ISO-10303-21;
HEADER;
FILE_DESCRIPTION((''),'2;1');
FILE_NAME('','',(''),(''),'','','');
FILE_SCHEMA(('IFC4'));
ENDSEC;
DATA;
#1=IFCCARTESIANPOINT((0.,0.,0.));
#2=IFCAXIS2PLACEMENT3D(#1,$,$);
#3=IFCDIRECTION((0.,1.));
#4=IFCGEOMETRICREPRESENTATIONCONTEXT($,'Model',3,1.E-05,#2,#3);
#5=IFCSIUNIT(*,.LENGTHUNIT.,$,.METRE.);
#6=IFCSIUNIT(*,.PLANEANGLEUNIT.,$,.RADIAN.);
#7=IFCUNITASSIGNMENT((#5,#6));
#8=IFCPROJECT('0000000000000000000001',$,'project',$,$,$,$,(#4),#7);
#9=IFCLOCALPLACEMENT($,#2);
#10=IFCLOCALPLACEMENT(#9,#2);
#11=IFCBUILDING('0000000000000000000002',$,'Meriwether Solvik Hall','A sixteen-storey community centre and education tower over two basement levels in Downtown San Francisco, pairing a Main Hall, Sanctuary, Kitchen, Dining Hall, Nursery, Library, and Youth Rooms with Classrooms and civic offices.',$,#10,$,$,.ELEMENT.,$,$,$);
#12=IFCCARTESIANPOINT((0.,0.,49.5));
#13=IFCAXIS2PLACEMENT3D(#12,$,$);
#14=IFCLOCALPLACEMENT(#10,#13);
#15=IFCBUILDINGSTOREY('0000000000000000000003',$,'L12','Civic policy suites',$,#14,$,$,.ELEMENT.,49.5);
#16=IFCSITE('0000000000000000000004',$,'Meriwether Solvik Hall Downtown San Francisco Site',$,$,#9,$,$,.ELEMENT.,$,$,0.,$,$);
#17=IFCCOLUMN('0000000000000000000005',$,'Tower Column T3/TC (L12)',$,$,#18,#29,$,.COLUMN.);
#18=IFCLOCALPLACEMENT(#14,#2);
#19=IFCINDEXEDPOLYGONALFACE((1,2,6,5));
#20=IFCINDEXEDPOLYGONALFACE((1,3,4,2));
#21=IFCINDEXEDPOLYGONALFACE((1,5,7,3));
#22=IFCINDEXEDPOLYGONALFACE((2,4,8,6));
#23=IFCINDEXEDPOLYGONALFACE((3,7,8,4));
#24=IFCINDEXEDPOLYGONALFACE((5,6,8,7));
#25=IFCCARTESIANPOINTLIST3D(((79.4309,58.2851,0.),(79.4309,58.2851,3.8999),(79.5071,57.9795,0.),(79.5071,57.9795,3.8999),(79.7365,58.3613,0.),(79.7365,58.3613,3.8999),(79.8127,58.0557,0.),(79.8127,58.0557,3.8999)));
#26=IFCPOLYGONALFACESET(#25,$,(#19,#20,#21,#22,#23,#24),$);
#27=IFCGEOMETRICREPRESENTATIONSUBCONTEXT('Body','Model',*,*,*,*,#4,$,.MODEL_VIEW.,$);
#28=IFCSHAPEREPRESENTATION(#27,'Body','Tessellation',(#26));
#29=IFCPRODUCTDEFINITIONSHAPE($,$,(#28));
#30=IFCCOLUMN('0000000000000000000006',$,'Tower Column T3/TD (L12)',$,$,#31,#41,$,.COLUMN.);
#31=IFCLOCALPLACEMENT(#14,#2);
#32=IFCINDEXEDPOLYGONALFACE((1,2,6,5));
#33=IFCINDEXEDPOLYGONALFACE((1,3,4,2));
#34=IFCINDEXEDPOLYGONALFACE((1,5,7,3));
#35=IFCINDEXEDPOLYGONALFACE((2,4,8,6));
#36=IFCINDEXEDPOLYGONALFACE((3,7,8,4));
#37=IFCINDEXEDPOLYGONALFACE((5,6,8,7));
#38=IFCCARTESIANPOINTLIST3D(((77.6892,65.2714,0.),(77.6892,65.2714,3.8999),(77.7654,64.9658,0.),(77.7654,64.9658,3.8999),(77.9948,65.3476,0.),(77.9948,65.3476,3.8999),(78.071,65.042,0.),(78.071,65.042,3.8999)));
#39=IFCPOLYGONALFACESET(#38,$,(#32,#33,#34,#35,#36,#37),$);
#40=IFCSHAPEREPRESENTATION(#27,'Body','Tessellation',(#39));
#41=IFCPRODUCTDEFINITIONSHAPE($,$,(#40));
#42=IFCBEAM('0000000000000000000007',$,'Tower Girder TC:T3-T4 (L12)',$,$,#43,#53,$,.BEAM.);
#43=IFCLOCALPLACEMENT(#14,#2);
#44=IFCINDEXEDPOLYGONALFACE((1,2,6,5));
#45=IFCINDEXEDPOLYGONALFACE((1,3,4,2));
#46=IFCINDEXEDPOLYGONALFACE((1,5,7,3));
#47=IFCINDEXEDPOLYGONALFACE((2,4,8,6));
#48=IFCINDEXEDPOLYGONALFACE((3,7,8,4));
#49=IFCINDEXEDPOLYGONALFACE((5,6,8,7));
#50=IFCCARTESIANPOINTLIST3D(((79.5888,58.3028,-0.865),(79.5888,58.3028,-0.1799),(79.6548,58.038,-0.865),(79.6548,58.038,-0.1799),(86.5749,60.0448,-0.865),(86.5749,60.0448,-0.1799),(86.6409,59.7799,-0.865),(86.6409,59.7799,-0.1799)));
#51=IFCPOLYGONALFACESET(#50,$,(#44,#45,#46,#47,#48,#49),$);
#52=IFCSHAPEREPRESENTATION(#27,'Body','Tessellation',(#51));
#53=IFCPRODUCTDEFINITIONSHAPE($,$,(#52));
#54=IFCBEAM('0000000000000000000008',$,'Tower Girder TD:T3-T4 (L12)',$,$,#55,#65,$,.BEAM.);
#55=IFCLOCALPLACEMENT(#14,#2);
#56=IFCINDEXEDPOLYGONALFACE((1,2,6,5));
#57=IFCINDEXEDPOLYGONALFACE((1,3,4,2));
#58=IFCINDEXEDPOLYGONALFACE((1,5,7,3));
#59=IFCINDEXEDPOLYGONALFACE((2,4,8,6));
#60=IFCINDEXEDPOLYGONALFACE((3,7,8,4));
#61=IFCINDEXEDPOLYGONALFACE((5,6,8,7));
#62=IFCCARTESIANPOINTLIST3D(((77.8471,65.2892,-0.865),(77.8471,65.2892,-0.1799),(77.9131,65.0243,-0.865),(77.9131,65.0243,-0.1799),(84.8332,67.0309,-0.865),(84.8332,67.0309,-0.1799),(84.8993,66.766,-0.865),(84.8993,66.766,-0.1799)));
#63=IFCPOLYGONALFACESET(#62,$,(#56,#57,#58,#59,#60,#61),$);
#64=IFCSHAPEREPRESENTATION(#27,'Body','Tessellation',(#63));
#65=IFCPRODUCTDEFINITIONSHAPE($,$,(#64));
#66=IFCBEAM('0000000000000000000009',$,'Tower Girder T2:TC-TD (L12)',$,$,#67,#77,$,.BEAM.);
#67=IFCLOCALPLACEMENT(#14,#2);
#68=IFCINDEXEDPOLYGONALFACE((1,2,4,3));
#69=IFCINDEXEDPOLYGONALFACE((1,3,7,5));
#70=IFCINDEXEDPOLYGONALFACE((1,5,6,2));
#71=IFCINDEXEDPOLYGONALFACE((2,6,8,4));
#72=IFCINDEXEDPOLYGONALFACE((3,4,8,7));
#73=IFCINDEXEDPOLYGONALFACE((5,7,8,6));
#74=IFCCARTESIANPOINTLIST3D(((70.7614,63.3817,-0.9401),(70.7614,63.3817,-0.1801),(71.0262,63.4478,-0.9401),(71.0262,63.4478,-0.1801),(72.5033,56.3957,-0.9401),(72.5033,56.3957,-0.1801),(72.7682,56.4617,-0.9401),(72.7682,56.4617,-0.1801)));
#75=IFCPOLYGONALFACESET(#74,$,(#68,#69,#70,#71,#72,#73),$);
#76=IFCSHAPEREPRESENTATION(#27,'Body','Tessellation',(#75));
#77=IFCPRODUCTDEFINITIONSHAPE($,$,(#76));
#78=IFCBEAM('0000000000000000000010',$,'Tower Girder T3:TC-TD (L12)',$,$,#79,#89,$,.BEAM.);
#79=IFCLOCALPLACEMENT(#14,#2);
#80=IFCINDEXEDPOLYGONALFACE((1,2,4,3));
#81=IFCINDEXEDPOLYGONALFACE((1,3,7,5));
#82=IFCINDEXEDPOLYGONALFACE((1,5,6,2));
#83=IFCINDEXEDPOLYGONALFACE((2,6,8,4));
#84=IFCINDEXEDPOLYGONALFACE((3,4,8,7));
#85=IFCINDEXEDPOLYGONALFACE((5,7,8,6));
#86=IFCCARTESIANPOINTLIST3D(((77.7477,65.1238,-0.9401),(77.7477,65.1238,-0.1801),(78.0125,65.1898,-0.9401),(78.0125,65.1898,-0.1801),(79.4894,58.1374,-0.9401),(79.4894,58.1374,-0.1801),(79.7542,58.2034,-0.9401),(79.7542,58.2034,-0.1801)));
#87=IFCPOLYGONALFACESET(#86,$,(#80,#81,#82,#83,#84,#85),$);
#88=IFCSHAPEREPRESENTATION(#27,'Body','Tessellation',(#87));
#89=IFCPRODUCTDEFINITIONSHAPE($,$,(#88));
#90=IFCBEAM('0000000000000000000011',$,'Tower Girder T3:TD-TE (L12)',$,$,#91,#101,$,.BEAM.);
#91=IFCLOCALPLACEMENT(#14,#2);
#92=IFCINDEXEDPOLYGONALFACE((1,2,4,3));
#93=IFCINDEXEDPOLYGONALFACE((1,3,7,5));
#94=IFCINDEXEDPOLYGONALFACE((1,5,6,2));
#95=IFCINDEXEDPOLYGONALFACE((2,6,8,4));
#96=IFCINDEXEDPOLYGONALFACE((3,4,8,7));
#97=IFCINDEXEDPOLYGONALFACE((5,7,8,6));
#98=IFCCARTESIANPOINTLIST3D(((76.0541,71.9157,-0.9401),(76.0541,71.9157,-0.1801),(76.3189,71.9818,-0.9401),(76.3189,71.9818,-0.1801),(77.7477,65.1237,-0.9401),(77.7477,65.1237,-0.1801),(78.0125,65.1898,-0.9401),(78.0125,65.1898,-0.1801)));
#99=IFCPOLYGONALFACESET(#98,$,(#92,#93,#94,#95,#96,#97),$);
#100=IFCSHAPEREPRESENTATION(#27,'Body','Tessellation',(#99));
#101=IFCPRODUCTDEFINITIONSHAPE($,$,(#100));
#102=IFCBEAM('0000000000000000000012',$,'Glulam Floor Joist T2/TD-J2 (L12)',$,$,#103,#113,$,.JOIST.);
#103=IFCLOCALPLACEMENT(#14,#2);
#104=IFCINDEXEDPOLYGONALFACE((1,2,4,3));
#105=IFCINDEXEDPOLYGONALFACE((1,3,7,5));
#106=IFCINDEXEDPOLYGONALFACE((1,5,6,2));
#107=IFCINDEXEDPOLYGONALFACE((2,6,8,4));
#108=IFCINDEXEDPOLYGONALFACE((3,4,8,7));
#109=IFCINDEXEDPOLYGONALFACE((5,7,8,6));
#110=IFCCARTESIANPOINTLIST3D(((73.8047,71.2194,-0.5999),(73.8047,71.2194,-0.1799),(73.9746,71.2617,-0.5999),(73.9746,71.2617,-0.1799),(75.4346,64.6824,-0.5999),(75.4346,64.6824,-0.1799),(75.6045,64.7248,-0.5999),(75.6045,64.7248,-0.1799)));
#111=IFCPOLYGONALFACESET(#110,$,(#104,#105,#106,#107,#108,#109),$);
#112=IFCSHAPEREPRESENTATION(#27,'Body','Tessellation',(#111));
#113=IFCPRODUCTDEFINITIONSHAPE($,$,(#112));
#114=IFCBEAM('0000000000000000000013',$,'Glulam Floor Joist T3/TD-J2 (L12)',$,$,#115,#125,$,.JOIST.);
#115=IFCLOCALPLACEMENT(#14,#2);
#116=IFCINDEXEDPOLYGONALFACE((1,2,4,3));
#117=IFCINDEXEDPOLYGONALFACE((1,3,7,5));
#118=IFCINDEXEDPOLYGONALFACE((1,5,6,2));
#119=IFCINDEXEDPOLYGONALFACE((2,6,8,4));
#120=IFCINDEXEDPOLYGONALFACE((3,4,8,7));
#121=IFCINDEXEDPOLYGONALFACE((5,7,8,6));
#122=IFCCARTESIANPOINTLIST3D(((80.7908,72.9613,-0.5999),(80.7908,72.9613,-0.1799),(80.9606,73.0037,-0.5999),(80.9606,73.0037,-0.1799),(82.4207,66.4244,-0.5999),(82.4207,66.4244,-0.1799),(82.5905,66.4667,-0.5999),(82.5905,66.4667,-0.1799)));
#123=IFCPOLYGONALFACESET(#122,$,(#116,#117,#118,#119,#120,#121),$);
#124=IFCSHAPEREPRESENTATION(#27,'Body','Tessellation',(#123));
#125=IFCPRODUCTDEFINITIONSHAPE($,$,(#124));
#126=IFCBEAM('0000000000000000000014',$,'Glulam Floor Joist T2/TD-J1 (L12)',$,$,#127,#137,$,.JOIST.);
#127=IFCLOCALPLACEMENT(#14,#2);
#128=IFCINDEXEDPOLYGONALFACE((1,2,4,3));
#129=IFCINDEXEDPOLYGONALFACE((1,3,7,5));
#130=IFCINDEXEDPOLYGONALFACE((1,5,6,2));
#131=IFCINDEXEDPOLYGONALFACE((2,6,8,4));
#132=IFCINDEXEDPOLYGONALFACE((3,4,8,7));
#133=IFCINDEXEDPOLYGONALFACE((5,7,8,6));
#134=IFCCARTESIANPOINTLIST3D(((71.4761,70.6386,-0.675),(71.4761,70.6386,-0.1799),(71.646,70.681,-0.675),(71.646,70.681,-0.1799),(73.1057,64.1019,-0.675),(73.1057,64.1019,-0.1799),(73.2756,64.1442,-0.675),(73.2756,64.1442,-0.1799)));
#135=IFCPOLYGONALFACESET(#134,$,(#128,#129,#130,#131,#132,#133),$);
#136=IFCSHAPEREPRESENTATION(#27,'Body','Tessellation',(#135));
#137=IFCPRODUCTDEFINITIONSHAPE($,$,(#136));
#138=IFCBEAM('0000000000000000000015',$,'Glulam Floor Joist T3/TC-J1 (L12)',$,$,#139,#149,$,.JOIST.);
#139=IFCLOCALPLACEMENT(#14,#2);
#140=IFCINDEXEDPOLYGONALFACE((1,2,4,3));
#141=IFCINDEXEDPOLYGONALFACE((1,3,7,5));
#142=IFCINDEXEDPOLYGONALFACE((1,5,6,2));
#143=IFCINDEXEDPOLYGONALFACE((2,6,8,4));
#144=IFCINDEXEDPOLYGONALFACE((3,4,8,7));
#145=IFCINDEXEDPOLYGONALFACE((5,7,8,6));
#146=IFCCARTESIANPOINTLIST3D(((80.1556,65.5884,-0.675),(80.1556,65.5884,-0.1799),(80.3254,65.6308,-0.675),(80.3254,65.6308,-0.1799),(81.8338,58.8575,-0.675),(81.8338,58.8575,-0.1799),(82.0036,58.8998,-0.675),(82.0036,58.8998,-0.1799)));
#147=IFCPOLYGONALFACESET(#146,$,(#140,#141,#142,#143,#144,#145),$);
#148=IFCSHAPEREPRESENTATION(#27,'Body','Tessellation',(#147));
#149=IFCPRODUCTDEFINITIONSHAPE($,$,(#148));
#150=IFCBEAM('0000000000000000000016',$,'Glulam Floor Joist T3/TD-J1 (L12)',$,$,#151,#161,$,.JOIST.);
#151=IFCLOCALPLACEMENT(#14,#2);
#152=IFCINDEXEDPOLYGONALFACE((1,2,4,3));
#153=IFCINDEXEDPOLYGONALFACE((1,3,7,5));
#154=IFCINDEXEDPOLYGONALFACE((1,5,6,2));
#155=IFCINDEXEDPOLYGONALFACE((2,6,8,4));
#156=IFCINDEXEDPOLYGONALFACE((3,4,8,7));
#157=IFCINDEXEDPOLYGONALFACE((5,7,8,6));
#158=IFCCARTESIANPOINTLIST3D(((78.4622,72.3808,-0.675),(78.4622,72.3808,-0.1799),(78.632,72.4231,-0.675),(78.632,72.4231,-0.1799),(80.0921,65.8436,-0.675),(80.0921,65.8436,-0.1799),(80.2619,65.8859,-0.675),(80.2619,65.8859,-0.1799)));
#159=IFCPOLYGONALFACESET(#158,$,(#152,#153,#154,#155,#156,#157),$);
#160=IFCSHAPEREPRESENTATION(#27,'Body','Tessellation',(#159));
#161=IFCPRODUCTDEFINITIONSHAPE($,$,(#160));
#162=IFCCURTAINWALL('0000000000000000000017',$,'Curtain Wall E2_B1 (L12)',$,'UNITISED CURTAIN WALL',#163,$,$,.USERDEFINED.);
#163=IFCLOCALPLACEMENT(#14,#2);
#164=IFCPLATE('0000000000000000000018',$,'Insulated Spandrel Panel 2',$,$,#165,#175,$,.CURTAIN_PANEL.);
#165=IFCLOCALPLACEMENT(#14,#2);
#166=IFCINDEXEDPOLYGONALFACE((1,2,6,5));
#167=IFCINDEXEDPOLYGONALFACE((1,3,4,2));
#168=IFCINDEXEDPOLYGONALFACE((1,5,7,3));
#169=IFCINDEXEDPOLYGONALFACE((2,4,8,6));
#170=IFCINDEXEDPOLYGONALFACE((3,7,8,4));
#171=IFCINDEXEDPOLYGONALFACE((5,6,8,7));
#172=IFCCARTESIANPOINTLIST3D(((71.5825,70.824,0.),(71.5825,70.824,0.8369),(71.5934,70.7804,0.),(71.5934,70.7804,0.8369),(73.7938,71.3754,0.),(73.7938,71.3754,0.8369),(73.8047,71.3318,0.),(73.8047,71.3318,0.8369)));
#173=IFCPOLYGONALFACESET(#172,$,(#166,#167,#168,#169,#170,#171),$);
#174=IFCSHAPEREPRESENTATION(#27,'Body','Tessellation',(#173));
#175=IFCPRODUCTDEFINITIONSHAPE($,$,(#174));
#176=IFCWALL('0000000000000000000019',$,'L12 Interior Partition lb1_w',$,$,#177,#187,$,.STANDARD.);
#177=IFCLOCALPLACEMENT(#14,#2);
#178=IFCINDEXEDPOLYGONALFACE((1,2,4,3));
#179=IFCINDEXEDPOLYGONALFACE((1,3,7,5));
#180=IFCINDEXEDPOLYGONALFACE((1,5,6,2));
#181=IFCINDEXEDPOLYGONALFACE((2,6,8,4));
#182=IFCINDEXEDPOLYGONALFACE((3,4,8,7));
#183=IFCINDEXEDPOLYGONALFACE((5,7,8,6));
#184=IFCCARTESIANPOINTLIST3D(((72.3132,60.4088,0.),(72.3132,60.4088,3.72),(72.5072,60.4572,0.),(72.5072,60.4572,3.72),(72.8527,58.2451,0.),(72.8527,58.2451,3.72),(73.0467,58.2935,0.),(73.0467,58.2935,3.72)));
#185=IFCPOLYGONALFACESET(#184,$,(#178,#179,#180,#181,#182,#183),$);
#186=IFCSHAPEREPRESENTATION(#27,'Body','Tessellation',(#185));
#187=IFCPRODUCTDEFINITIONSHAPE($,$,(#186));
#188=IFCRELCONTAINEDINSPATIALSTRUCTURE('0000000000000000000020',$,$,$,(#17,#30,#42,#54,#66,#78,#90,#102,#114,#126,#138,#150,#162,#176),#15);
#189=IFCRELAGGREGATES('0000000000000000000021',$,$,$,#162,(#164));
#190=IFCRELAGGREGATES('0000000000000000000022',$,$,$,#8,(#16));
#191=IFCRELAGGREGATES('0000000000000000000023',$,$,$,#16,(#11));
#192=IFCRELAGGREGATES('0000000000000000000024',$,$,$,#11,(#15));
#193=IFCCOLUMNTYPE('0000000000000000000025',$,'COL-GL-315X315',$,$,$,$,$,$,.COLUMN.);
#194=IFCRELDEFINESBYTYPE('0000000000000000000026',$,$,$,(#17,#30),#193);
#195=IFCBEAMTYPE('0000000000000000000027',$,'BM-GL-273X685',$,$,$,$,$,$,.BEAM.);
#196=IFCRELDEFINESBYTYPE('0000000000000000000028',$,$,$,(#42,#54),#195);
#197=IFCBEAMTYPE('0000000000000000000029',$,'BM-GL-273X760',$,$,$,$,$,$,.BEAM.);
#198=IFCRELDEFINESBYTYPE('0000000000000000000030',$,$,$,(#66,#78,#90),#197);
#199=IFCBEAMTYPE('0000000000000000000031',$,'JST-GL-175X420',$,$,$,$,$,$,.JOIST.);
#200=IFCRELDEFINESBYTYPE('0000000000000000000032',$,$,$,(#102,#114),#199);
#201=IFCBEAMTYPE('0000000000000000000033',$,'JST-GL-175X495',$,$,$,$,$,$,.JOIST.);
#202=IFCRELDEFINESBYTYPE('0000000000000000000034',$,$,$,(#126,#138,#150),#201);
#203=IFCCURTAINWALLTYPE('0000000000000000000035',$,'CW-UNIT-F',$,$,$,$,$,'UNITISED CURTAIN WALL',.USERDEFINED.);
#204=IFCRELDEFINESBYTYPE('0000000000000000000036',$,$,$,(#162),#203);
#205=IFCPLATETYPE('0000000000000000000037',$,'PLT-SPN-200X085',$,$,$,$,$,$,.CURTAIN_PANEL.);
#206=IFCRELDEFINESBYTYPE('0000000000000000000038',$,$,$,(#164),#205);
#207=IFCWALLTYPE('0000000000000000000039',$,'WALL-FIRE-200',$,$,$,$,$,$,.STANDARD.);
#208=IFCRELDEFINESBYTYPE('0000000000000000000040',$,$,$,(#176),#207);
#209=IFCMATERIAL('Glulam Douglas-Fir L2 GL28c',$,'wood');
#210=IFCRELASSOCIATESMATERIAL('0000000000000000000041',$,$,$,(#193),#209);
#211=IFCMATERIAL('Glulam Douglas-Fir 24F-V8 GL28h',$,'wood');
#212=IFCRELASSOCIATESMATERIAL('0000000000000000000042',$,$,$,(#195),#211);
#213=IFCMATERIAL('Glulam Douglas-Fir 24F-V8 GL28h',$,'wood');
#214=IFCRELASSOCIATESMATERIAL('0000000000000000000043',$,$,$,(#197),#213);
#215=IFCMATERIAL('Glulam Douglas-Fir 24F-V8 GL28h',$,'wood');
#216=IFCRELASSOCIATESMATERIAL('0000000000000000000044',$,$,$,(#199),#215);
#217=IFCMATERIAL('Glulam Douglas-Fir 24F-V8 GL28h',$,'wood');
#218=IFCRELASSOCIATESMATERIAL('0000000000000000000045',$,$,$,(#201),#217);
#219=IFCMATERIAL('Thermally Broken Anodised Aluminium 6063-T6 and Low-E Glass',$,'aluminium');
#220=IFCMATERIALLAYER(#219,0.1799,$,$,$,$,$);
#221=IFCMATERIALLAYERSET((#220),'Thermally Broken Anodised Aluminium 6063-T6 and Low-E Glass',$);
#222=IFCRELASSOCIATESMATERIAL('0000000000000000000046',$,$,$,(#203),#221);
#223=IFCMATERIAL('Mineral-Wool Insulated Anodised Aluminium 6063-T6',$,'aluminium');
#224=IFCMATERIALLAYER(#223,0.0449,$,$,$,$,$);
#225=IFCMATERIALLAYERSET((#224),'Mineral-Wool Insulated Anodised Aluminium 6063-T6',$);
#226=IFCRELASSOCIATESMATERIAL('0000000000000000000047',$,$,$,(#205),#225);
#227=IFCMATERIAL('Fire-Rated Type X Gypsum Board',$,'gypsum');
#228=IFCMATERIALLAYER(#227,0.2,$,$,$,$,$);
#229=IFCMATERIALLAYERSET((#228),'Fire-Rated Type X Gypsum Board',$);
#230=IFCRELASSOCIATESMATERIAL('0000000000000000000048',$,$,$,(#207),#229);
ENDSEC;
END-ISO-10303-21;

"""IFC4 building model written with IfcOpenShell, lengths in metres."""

from ifc_helpers import new_model, si_unit, direction, frame, frame_2d, origin, origin_2d, place, context, subcontext, project, spatial, rectangle, extrude, material, layer, layer_set, material_profile, profile_set, type_object, element, aggregate, save


model = new_model("IFC4")

# Units and contexts
model_context = context("Model", 3, precision=1e-05, world=origin(), true_north=direction((0.0, 1.0)))
body_context = subcontext(model_context, "Body", "Model", "MODEL_VIEW")
ifc_project = project(units=[si_unit("LENGTHUNIT", "METRE"), si_unit("PLANEANGLEUNIT", "RADIAN")], contexts=[model_context])

# Site, building, storey
site_placement = place(None, origin())
site = spatial("IfcSite", under=ifc_project, at=site_placement, Name="Meriwether Solvik Hall Downtown San Francisco Site", CompositionType="ELEMENT", RefElevation=0.0)
building_placement = place(site_placement, origin())
building = spatial("IfcBuilding", under=site, at=building_placement, Name="Meriwether Solvik Hall", Description="A sixteen-storey community centre and education tower over two basement levels in Downtown San Francisco, pairing a Main Hall, Sanctuary, Kitchen, Dining Hall, Nursery, Library, and Youth Rooms with Classrooms and civic offices.", CompositionType="ELEMENT")
storey_placement = place(building_placement, frame((0.0, 0.0, 49.5)))
storey = spatial("IfcBuildingStorey", under=building, at=storey_placement, Name="L12", Description="Civic policy suites", CompositionType="ELEMENT", Elevation=49.5)

# Columns
ifc_material_1 = material(Name="Glulam Douglas-Fir L2 GL28c", Category="wood")
ifc_material_profile_1 = material_profile(ifc_material_1, rectangle(XDim=0.3149, YDim=0.3149, at=origin_2d()), Name="GLC-315X315")
ifc_profile_set_1 = profile_set([ifc_material_profile_1], Name="Glulam Douglas-Fir L2 GL28c")
column_type = type_object("IfcColumnType", Name="COL-GL-315X315", PredefinedType="COLUMN", material=ifc_profile_set_1)
for number, where, z_axis, x_axis, name in (
    (1, (79.6218, 58.1704, 0.0), (0.0, 0.0, 1.0), (0.970296, 0.241922, 0.0), "Tower Column T3/TC (L12)"),
    (2, (77.8801, 65.1567, 0.0), (0.0, 0.0, 1.0), (0.970296, 0.241922, 0.0), "Tower Column T3/TD (L12)"),
):
    element("IfcColumn", number, at=place(storey_placement, frame(where, z_axis=z_axis, x_axis=x_axis)), inside=storey, type_object=column_type, Name=name, PredefinedType="COLUMN", context=body_context, shape_type="SweptSolid", body=[
        extrude(rectangle(XDim=0.3149, YDim=0.3149, at=origin_2d()), origin(), (0.0, 0.0, 1.0), 3.8999),
    ])

# Beams
ifc_material_2 = material(Name="Glulam Douglas-Fir 24F-V8 GL28h", Category="wood")
ifc_material_profile_2 = material_profile(ifc_material_2, rectangle(XDim=0.2729, YDim=0.6851, at=origin_2d()), Name="GLB-273X685")
ifc_profile_set_2 = profile_set([ifc_material_profile_2], Name="Glulam Douglas-Fir 24F-V8 GL28h")
beam_type_1 = type_object("IfcBeamType", Name="BM-GL-273X685", PredefinedType="BEAM", material=ifc_profile_set_2)
for number, where, z_axis, x_axis, name in (
    (3, (79.6218, 58.1704, -0.5225), (0.970292, 0.241937, 0.0), (-0.241937, 0.970292, 0.0), "Tower Girder TC:T3-T4 (L12)"),
    (4, (77.8801, 65.1567, -0.5225), (0.9703, 0.241905, 0.0), (-0.241905, 0.9703, 0.0), "Tower Girder TD:T3-T4 (L12)"),
):
    element("IfcBeam", number, at=place(storey_placement, frame(where, z_axis=z_axis, x_axis=x_axis)), inside=storey, type_object=beam_type_1, Name=name, PredefinedType="BEAM", context=body_context, shape_type="SweptSolid", body=[
        extrude(rectangle(XDim=0.2729, YDim=0.6851, at=origin_2d()), origin(), (0.0, 0.0, 1.0), 7.2),
    ])
ifc_material_3 = material(Name="Glulam Douglas-Fir 24F-V8 GL28h", Category="wood")
ifc_material_profile_3 = material_profile(ifc_material_3, rectangle(XDim=0.2729, YDim=0.76, at=origin_2d()), Name="GLB-273X760")
ifc_profile_set_3 = profile_set([ifc_material_profile_3], Name="Glulam Douglas-Fir 24F-V8 GL28h")
beam_type_2 = type_object("IfcBeamType", Name="BM-GL-273X760", PredefinedType="BEAM", material=ifc_profile_set_3)
beam_1_placement = place(storey_placement, frame((72.6357, 56.4287, -0.5601), z_axis=(-0.241937, 0.970292, 0.0), x_axis=(-0.970292, -0.241937, 0.0)))
element("IfcBeam", 5, at=beam_1_placement, inside=storey, type_object=beam_type_2, Name="Tower Girder T2:TC-TD (L12)", PredefinedType="BEAM", context=body_context, shape_type="SweptSolid", body=[
    extrude(rectangle(XDim=0.2729, YDim=0.76, at=origin_2d()), origin(), (0.0, 0.0, 1.0), 7.2),
])
beam_2_placement = place(storey_placement, frame((79.6218, 58.1704, -0.5601), z_axis=(-0.241897, 0.970302, 0.0), x_axis=(-0.970302, -0.241897, 0.0)))
element("IfcBeam", 6, at=beam_2_placement, inside=storey, type_object=beam_type_2, Name="Tower Girder T3:TC-TD (L12)", PredefinedType="BEAM", context=body_context, shape_type="SweptSolid", body=[
    extrude(rectangle(XDim=0.2729, YDim=0.76, at=origin_2d()), origin(), (0.0, 0.0, 1.0), 7.2002),
])
beam_3_placement = place(storey_placement, frame((77.8801, 65.1567, -0.5601), z_axis=(-0.241945, 0.97029, 0.0), x_axis=(-0.97029, -0.241945, 0.0)))
element("IfcBeam", 7, at=beam_3_placement, inside=storey, type_object=beam_type_2, Name="Tower Girder T3:TD-TE (L12)", PredefinedType="BEAM", context=body_context, shape_type="SweptSolid", body=[
    extrude(rectangle(XDim=0.2729, YDim=0.76, at=origin_2d()), origin(), (0.0, 0.0, 1.0), 7.0),
])
ifc_material_4 = material(Name="Glulam Douglas-Fir 24F-V8 GL28h", Category="wood")
ifc_material_profile_4 = material_profile(ifc_material_4, rectangle(XDim=0.175, YDim=0.4199, at=origin_2d()), Name="GLJ-175X420")
ifc_profile_set_4 = profile_set([ifc_material_profile_4], Name="Glulam Douglas-Fir 24F-V8 GL28h")
beam_type_3 = type_object("IfcBeamType", Name="JST-GL-175X420", PredefinedType="JOIST", material=ifc_profile_set_4)
for number, where, z_axis, x_axis, name in (
    (8, (75.5195, 64.7036, -0.3899), (-0.24193, 0.970294, 0.0), (-0.970294, -0.24193, 0.0), "Glulam Floor Joist T2/TD-J2 (L12)"),
    (9, (82.5056, 66.4456, -0.3899), (-0.24193, 0.970294, 0.0), (-0.970294, -0.24193, 0.0), "Glulam Floor Joist T3/TD-J2 (L12)"),
):
    element("IfcBeam", number, at=place(storey_placement, frame(where, z_axis=z_axis, x_axis=x_axis)), inside=storey, type_object=beam_type_3, Name=name, PredefinedType="JOIST", context=body_context, shape_type="SweptSolid", body=[
        extrude(rectangle(XDim=0.175, YDim=0.4199, at=origin_2d()), origin(), (0.0, 0.0, 1.0), 6.7371),
    ])
ifc_material_5 = material(Name="Glulam Douglas-Fir 24F-V8 GL28h", Category="wood")
ifc_material_profile_5 = material_profile(ifc_material_5, rectangle(XDim=0.175, YDim=0.4951, at=origin_2d()), Name="GLJ-175X495")
ifc_profile_set_5 = profile_set([ifc_material_profile_5], Name="Glulam Douglas-Fir 24F-V8 GL28h")
beam_type_4 = type_object("IfcBeamType", Name="JST-GL-175X495", PredefinedType="JOIST", material=ifc_profile_set_5)
beam_4_placement = place(storey_placement, frame((73.1907, 64.123, -0.4275), z_axis=(-0.241896, 0.970302, 0.0), x_axis=(-0.970302, -0.241896, 0.0)))
element("IfcBeam", 10, at=beam_4_placement, inside=storey, type_object=beam_type_4, Name="Glulam Floor Joist T2/TD-J1 (L12)", PredefinedType="JOIST", context=body_context, shape_type="SweptSolid", body=[
    extrude(rectangle(XDim=0.175, YDim=0.4951, at=origin_2d()), origin(), (0.0, 0.0, 1.0), 6.7368),
])
beam_5_placement = place(storey_placement, frame((81.9187, 58.8787, -0.4275), z_axis=(-0.241923, 0.970296, 0.0), x_axis=(-0.970296, -0.241923, 0.0)))
element("IfcBeam", 11, at=beam_5_placement, inside=storey, type_object=beam_type_4, Name="Glulam Floor Joist T3/TC-J1 (L12)", PredefinedType="JOIST", context=body_context, shape_type="SweptSolid", body=[
    extrude(rectangle(XDim=0.175, YDim=0.4951, at=origin_2d()), origin(), (0.0, 0.0, 1.0), 6.937),
])
beam_6_placement = place(storey_placement, frame((80.177, 65.8647, -0.4275), z_axis=(-0.241922, 0.970296, 0.0), x_axis=(-0.970296, -0.241922, 0.0)))
element("IfcBeam", 12, at=beam_6_placement, inside=storey, type_object=beam_type_4, Name="Glulam Floor Joist T3/TD-J1 (L12)", PredefinedType="JOIST", context=body_context, shape_type="SweptSolid", body=[
    extrude(rectangle(XDim=0.175, YDim=0.4951, at=origin_2d()), origin(), (0.0, 0.0, 1.0), 6.7373),
])

# Curtain wall, plate
ifc_material_6 = material(Name="Thermally Broken Anodised Aluminium 6063-T6 and Low-E Glass", Category="aluminium")
ifc_layer_1 = layer(ifc_material_6, 0.1799)
ifc_layer_set_1 = layer_set([ifc_layer_1], Name="Thermally Broken Anodised Aluminium 6063-T6 and Low-E Glass")
curtain_wall_type = type_object("IfcCurtainWallType", Name="CW-UNIT-F", ElementType="UNITISED CURTAIN WALL", PredefinedType="USERDEFINED", material=ifc_layer_set_1)
curtain_wall_placement = place(storey_placement, origin())
curtain_wall = element("IfcCurtainWall", 13, at=curtain_wall_placement, inside=storey, type_object=curtain_wall_type, Name="Curtain Wall E2_B1 (L12)", ObjectType="UNITISED CURTAIN WALL", PredefinedType="USERDEFINED")
ifc_material_7 = material(Name="Mineral-Wool Insulated Anodised Aluminium 6063-T6", Category="aluminium")
ifc_layer_2 = layer(ifc_material_7, 0.0449)
ifc_layer_set_2 = layer_set([ifc_layer_2], Name="Mineral-Wool Insulated Anodised Aluminium 6063-T6")
plate_type = type_object("IfcPlateType", Name="PLT-SPN-200X085", PredefinedType="CURTAIN_PANEL", material=ifc_layer_set_2)
plate_placement = place(storey_placement, frame((72.6936, 71.0779, 0.0), z_axis=(0.0, 0.0, 1.0), x_axis=(0.970296, 0.241922, 0.0)))
plate = element("IfcPlate", 14, at=plate_placement, type_object=plate_type, Name="Insulated Spandrel Panel 2", PredefinedType="CURTAIN_PANEL", context=body_context, shape_type="SweptSolid", body=[
    extrude(rectangle(XDim=2.2791, YDim=0.0449, at=origin_2d()), origin(), (0.0, 0.0, 1.0), 0.8369),
])
aggregate(curtain_wall, [plate])

# Wall
ifc_material_8 = material(Name="Fire-Rated Type X Gypsum Board", Category="gypsum")
ifc_layer_3 = layer(ifc_material_8, 0.2)
ifc_layer_set_3 = layer_set([ifc_layer_3], Name="Fire-Rated Type X Gypsum Board")
wall_type_1 = type_object("IfcWallType", Name="WALL-FIRE-200", PredefinedType="STANDARD", material=ifc_layer_set_3)
wall_1_placement = place(storey_placement, frame((72.9497, 58.2693, 0.0), z_axis=(0.0, 0.0, 1.0), x_axis=(-0.241943, 0.97029, 0.0)))
element("IfcWall", 15, at=wall_1_placement, inside=storey, type_object=wall_type_1, Name="L12 Interior Partition lb1_w", PredefinedType="STANDARD", context=body_context, shape_type="SweptSolid", body=[
    extrude(rectangle(XDim=2.23, YDim=0.2, at=frame_2d((1.115, 0.0))), origin(), (0.0, 0.0, 1.0), 3.72),
])

save(model, "model.ifc")
